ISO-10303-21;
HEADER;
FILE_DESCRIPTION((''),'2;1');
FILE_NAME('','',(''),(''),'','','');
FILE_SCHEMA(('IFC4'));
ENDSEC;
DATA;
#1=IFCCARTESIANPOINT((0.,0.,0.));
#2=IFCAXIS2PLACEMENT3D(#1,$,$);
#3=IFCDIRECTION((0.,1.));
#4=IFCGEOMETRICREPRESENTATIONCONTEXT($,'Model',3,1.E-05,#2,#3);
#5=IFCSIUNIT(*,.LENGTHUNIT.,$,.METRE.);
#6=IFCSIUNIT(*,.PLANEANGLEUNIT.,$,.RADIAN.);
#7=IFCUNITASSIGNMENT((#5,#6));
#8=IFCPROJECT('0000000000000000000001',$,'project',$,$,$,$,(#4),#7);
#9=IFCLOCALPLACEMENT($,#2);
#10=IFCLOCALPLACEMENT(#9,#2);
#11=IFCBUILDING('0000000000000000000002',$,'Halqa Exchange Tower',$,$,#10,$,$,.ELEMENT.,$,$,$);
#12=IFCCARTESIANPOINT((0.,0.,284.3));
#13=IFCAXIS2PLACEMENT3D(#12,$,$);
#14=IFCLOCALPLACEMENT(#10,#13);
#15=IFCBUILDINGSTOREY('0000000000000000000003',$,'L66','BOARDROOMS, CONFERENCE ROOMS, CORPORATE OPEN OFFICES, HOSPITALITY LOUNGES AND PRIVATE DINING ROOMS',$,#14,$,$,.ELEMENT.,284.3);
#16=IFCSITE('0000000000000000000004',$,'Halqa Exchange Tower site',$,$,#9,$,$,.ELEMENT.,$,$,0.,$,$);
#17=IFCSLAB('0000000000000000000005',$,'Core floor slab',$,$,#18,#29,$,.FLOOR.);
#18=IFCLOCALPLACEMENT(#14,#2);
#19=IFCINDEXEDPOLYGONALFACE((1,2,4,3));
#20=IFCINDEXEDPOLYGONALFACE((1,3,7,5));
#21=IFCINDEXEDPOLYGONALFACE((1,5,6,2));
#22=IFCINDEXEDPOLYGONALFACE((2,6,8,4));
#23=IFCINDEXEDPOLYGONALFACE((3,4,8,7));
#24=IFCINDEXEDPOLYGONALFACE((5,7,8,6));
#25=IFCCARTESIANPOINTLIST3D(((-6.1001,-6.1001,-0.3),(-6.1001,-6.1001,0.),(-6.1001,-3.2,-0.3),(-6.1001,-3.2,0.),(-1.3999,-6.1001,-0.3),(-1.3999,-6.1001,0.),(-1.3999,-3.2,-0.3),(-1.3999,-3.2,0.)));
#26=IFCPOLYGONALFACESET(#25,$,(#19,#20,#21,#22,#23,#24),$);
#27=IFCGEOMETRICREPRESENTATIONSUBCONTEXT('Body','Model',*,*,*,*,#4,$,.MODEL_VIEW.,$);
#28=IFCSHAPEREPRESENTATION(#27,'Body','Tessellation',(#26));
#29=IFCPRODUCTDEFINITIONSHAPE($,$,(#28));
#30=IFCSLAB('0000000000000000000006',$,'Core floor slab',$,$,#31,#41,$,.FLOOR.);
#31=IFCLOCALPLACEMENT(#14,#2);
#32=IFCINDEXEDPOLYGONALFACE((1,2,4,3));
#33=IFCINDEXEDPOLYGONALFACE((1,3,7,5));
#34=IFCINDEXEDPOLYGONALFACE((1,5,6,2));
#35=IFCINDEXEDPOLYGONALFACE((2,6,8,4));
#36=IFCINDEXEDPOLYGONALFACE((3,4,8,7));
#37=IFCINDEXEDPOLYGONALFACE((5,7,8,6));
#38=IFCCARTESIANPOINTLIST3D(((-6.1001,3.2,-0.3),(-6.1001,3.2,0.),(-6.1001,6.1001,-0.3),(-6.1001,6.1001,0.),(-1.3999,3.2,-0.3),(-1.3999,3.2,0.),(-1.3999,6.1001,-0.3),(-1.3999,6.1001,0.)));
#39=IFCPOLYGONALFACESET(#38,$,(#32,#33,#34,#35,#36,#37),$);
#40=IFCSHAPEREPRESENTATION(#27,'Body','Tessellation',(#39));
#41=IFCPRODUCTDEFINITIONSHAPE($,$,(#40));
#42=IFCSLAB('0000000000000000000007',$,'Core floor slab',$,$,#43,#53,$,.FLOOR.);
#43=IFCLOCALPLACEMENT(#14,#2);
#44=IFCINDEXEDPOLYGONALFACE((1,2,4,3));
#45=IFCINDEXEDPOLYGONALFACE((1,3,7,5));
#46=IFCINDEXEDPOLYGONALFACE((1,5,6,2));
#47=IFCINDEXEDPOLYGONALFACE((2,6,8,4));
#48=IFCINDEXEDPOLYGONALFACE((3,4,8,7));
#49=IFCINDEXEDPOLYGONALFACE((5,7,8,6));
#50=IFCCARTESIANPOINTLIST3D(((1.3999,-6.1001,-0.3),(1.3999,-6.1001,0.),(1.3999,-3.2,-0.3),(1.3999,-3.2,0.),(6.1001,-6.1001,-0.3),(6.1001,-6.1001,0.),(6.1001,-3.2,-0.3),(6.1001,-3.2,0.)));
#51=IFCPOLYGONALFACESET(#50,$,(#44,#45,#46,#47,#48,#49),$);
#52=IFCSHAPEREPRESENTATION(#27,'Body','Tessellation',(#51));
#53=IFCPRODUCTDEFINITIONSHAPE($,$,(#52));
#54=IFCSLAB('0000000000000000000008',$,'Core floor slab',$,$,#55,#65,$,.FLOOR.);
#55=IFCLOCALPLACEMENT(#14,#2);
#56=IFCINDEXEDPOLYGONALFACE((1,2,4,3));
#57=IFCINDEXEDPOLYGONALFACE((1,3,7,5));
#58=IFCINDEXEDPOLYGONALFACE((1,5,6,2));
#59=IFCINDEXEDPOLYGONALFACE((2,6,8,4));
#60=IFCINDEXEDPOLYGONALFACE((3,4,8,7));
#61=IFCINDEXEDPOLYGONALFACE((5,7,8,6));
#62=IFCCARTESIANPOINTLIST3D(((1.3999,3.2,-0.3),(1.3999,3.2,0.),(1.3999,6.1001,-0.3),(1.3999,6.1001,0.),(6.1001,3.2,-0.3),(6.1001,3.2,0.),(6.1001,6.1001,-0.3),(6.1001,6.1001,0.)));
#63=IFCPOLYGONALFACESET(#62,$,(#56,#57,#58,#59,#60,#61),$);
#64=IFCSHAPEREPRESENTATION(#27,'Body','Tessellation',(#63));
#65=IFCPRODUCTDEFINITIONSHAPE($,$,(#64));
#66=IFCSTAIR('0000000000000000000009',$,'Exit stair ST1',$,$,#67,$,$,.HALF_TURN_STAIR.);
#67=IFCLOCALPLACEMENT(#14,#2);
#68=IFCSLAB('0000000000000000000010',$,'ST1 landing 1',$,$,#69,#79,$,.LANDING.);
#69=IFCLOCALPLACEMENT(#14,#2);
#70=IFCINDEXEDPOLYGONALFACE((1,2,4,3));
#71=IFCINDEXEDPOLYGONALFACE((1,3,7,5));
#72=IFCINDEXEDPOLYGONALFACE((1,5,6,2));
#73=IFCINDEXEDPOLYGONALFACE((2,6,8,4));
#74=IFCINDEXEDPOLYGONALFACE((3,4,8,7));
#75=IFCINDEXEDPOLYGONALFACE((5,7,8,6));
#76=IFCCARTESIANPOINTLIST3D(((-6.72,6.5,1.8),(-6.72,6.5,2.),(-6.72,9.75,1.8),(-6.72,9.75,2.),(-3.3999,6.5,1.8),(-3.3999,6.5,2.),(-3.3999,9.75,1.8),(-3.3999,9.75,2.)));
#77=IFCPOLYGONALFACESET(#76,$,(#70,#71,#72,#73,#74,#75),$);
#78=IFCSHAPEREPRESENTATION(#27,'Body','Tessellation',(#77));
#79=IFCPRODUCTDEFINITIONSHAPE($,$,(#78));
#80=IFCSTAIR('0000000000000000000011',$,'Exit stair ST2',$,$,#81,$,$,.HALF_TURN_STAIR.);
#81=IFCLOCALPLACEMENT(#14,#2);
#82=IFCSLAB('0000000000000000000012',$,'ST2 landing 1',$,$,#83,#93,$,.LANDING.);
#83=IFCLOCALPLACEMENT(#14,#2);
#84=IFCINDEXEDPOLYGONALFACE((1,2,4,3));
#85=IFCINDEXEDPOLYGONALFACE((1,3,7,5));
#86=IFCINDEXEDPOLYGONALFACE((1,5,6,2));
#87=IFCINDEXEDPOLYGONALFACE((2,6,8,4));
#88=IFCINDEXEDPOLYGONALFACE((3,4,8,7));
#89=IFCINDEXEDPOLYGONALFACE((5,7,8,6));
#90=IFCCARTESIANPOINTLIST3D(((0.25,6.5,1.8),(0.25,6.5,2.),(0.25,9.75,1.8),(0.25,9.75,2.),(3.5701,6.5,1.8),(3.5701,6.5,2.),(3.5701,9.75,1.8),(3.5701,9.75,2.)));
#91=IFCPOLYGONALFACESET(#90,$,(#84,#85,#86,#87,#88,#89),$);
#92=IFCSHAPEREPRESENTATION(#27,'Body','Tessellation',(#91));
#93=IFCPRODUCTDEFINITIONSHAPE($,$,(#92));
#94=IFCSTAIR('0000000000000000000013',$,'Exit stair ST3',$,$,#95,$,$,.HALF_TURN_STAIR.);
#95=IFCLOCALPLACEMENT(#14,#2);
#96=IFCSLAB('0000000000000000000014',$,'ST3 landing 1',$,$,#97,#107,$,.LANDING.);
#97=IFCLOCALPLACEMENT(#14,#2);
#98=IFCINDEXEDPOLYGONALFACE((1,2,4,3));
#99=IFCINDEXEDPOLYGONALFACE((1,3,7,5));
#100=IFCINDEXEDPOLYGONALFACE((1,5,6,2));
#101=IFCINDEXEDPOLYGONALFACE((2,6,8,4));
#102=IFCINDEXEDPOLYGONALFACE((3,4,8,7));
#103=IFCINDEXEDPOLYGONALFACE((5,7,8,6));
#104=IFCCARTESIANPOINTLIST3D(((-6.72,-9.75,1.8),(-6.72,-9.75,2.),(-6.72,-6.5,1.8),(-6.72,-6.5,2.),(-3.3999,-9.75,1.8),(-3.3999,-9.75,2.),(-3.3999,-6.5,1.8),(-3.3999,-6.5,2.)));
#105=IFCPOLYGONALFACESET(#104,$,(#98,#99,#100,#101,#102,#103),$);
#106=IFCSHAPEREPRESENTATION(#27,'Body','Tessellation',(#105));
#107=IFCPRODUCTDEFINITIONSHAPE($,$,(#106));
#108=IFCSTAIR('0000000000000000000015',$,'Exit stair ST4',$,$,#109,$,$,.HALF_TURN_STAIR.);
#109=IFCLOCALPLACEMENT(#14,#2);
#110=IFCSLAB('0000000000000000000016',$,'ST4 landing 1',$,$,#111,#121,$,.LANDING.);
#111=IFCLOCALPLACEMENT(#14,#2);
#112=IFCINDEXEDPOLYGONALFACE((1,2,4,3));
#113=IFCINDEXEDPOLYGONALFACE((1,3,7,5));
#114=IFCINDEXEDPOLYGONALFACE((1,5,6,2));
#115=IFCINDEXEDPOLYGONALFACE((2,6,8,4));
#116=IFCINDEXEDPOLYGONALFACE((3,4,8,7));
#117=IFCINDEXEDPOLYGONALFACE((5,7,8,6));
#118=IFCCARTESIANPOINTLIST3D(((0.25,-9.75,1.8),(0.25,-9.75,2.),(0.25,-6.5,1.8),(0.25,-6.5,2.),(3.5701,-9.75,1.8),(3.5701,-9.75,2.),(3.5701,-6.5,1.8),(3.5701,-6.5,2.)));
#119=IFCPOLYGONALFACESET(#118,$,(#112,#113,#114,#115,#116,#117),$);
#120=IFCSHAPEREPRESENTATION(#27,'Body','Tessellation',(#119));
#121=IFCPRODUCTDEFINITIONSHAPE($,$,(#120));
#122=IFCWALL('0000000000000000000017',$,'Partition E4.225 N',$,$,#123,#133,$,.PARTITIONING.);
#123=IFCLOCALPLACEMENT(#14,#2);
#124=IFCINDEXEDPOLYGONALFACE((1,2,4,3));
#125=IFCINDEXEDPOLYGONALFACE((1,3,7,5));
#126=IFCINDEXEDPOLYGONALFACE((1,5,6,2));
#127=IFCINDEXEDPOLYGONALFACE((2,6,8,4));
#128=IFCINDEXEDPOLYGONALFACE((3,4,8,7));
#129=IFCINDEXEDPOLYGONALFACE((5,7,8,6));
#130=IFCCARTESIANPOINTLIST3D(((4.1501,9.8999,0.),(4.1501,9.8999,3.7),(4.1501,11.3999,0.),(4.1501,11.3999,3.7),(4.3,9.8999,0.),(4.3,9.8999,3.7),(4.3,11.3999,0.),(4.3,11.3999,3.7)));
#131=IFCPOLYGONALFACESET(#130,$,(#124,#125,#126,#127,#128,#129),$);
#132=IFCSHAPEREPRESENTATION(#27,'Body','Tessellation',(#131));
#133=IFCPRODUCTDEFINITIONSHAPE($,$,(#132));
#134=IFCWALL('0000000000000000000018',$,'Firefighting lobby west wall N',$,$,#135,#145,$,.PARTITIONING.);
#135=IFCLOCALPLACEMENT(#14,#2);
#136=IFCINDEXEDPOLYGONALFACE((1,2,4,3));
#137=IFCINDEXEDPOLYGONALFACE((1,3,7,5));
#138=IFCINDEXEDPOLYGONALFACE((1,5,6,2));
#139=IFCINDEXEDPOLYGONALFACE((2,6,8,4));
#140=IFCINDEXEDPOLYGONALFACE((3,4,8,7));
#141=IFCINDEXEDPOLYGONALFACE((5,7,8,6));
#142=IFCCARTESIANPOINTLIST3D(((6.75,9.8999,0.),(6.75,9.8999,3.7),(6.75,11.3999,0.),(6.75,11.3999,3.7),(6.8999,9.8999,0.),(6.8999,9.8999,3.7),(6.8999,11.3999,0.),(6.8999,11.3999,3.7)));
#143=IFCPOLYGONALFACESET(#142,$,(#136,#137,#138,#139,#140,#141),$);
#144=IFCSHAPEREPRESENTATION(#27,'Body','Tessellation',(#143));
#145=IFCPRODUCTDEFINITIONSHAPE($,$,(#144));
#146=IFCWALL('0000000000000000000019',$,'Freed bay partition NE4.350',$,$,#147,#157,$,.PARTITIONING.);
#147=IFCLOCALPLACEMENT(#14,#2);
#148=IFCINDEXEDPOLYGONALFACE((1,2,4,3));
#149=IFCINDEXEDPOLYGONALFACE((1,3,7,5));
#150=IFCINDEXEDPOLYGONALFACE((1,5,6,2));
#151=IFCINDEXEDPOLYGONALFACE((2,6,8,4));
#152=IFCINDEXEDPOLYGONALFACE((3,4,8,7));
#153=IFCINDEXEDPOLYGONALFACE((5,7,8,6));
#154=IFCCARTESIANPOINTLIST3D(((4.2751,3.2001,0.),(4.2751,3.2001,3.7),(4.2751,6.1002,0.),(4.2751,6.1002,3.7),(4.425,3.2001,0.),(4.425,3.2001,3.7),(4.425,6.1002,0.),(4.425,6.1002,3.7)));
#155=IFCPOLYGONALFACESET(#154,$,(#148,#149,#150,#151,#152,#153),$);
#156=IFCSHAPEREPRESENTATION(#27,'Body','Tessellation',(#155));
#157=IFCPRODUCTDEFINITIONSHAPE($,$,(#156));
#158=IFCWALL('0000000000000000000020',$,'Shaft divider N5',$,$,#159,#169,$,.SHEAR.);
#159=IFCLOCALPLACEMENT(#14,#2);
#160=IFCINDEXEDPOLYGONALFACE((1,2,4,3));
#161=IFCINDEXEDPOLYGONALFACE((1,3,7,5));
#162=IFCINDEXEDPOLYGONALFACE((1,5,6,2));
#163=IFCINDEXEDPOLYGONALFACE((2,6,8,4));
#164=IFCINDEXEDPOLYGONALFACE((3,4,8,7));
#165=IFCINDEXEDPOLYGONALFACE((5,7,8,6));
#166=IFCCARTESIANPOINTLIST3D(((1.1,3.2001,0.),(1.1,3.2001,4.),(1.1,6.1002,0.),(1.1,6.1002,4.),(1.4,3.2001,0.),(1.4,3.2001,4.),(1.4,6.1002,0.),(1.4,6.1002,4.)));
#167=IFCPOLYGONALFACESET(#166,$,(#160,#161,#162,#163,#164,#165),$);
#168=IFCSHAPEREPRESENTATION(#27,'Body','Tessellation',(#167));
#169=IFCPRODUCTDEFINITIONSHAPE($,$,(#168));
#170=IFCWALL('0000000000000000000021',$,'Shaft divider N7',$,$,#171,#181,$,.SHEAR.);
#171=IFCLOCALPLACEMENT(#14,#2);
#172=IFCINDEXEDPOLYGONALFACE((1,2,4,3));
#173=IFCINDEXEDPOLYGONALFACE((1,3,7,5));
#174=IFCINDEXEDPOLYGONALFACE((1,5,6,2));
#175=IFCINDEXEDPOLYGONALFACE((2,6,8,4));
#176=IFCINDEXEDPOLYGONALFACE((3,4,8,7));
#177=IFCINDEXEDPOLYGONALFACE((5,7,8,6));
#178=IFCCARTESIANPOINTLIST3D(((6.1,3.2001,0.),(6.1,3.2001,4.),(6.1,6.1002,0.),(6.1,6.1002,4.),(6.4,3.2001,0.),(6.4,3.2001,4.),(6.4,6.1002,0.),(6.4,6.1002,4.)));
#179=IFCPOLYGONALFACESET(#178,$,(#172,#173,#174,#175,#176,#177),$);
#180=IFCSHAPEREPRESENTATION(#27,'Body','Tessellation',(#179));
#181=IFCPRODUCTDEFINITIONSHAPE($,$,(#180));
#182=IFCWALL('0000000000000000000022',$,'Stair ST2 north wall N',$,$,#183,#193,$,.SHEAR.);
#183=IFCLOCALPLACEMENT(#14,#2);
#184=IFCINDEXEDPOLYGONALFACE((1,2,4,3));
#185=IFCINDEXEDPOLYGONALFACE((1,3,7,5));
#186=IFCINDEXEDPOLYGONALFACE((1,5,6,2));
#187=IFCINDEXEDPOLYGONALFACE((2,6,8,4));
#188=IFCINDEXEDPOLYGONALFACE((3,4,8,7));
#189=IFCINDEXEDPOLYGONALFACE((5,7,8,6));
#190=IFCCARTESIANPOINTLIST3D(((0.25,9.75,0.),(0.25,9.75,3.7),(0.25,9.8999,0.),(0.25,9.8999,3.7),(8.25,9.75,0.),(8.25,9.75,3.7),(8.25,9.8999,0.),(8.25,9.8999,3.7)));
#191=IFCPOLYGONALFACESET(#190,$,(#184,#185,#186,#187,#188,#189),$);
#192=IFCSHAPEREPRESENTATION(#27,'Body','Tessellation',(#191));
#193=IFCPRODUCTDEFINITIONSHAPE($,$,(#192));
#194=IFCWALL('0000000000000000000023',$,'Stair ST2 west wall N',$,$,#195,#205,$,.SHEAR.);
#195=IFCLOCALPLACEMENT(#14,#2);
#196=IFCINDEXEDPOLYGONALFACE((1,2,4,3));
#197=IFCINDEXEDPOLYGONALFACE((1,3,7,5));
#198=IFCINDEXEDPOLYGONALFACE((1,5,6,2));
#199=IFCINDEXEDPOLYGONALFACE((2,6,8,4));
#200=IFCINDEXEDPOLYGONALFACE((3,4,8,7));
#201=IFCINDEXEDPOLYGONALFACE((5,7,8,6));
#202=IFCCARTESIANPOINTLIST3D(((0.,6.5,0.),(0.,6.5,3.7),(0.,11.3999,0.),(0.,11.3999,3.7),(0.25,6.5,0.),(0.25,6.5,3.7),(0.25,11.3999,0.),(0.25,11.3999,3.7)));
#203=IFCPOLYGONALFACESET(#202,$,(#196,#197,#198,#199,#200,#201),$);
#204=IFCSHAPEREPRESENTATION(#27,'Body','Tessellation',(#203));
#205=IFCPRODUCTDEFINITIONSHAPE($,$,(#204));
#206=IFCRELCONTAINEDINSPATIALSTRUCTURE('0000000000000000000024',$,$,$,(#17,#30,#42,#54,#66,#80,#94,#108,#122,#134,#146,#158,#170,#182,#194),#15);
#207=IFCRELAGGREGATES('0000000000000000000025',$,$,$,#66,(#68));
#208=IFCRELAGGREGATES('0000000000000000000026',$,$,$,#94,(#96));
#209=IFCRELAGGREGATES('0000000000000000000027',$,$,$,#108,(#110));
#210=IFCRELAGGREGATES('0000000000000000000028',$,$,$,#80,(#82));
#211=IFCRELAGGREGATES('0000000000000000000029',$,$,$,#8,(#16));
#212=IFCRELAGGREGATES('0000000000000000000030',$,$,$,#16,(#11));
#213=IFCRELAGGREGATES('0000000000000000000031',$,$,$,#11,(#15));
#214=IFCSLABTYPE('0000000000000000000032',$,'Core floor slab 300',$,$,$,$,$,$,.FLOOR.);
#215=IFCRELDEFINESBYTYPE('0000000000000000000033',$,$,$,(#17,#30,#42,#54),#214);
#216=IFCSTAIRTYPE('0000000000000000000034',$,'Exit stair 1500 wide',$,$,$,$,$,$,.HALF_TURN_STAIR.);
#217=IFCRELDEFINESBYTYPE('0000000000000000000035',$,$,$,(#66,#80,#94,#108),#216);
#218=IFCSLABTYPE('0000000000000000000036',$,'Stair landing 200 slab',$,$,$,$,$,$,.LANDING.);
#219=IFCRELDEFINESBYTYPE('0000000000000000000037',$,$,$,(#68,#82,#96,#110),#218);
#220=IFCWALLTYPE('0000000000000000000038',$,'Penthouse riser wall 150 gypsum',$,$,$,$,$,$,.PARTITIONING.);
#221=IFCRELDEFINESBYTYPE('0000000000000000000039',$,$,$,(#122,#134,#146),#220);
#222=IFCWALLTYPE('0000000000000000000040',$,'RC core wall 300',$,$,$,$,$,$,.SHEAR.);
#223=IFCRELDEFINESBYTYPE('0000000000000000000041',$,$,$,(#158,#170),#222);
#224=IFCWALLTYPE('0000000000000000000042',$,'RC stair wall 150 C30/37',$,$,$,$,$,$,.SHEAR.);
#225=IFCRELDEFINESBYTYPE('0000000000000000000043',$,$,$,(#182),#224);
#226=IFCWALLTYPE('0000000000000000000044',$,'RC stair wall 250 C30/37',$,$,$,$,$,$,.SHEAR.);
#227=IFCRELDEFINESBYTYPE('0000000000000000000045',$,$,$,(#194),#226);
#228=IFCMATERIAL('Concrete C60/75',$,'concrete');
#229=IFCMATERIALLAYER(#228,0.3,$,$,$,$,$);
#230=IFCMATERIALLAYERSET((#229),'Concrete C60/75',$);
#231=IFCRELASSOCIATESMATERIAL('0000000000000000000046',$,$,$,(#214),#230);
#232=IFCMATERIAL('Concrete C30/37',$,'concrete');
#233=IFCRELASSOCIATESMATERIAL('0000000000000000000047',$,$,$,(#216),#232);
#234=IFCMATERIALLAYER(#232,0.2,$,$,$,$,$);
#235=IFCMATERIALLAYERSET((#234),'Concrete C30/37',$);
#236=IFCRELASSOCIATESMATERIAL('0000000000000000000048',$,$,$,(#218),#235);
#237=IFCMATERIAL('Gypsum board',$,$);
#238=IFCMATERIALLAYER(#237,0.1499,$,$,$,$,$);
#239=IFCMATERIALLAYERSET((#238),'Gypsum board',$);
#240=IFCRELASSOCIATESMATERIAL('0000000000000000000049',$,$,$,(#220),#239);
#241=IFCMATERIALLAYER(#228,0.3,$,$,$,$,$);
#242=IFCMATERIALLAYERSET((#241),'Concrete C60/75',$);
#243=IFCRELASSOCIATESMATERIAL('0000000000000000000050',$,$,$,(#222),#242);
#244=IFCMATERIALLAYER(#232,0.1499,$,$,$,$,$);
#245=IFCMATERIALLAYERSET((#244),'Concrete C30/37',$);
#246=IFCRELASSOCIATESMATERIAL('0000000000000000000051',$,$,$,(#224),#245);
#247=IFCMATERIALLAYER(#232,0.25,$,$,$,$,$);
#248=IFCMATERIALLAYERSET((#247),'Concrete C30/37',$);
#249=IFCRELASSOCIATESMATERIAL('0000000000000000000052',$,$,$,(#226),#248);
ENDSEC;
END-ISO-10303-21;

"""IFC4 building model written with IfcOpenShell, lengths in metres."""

from ifc_helpers import new_model, si_unit, direction, frame, frame_2d, origin, place, context, subcontext, project, spatial, polyline, rectangle, outline, extrude, material, layer, layer_set, type_object, element, aggregate, save


model = new_model("IFC4")

# Units and contexts
model_context = context("Model", 3, precision=1e-05, world=origin(), true_north=direction((0.0, 1.0)))
body_context = subcontext(model_context, "Body", "Model", "MODEL_VIEW")
ifc_project = project(units=[si_unit("LENGTHUNIT", "METRE"), si_unit("PLANEANGLEUNIT", "RADIAN")], contexts=[model_context])

# Site, building, storey
site_placement = place(None, origin())
site = spatial("IfcSite", under=ifc_project, at=site_placement, Name="Halqa Exchange Tower site", CompositionType="ELEMENT", RefElevation=0.0)
building_placement = place(site_placement, origin())
building = spatial("IfcBuilding", under=site, at=building_placement, Name="Halqa Exchange Tower", CompositionType="ELEMENT")
storey_placement = place(building_placement, frame((0.0, 0.0, 284.3)))
storey = spatial("IfcBuildingStorey", under=building, at=storey_placement, Name="L66", Description="BOARDROOMS, CONFERENCE ROOMS, CORPORATE OPEN OFFICES, HOSPITALITY LOUNGES AND PRIVATE DINING ROOMS", CompositionType="ELEMENT", Elevation=284.3)

# Shared definitions
ifc_material_1 = material(Name="Concrete C60/75", Category="concrete")

# Slabs
ifc_layer_1 = layer(ifc_material_1, 0.3)
ifc_layer_set_1 = layer_set([ifc_layer_1], Name="Concrete C60/75")
slab_type_1 = type_object("IfcSlabType", Name="Core floor slab 300", PredefinedType="FLOOR", material=ifc_layer_set_1)
slab_1_placement = place(storey_placement, frame((0.0, 0.0, -0.3)))
element("IfcSlab", 1, at=slab_1_placement, inside=storey, type_object=slab_type_1, Name="Core floor slab", PredefinedType="FLOOR", context=body_context, shape_type="SweptSolid", body=[
    extrude(outline(polyline([(-1.3999, -3.2), (-1.3999, -6.1001), (-6.1001, -6.1001), (-6.1001, -3.2), (-1.3999, -3.2)])), origin(), (0.0, 0.0, 1.0), 0.3),
])
slab_2_placement = place(storey_placement, frame((0.0, 0.0, -0.3)))
element("IfcSlab", 2, at=slab_2_placement, inside=storey, type_object=slab_type_1, Name="Core floor slab", PredefinedType="FLOOR", context=body_context, shape_type="SweptSolid", body=[
    extrude(outline(polyline([(-1.3999, 3.2), (-6.1001, 3.2), (-6.1001, 6.1001), (-1.3999, 6.1001), (-1.3999, 3.2)])), origin(), (0.0, 0.0, 1.0), 0.3),
])
slab_3_placement = place(storey_placement, frame((0.0, 0.0, -0.3)))
element("IfcSlab", 3, at=slab_3_placement, inside=storey, type_object=slab_type_1, Name="Core floor slab", PredefinedType="FLOOR", context=body_context, shape_type="SweptSolid", body=[
    extrude(outline(polyline([(6.1001, -3.2), (6.1001, -6.1001), (1.3999, -6.1001), (1.3999, -3.2), (6.1001, -3.2)])), origin(), (0.0, 0.0, 1.0), 0.3),
])
slab_4_placement = place(storey_placement, frame((0.0, 0.0, -0.3)))
element("IfcSlab", 4, at=slab_4_placement, inside=storey, type_object=slab_type_1, Name="Core floor slab", PredefinedType="FLOOR", context=body_context, shape_type="SweptSolid", body=[
    extrude(outline(polyline([(6.1001, 6.1001), (6.1001, 3.2), (1.3999, 3.2), (1.3999, 6.1001), (6.1001, 6.1001)])), origin(), (0.0, 0.0, 1.0), 0.3),
])

# Stairs, slabs
ifc_material_2 = material(Name="Concrete C30/37", Category="concrete")
stair_type = type_object("IfcStairType", Name="Exit stair 1500 wide", PredefinedType="HALF_TURN_STAIR", material=ifc_material_2)
stair_1_placement = place(storey_placement, origin())
stair_1 = element("IfcStair", 5, at=stair_1_placement, inside=storey, type_object=stair_type, Name="Exit stair ST1", PredefinedType="HALF_TURN_STAIR")
ifc_layer_2 = layer(ifc_material_2, 0.2)
ifc_layer_set_2 = layer_set([ifc_layer_2], Name="Concrete C30/37")
slab_type_2 = type_object("IfcSlabType", Name="Stair landing 200 slab", PredefinedType="LANDING", material=ifc_layer_set_2)
slab_5_placement = place(storey_placement, frame((0.0, 0.0, 1.8)))
slab_5 = element("IfcSlab", 6, at=slab_5_placement, type_object=slab_type_2, Name="ST1 landing 1", PredefinedType="LANDING", context=body_context, shape_type="SweptSolid", body=[
    extrude(outline(polyline([(-6.72, 6.5), (-3.3999, 6.5), (-3.3999, 9.75), (-6.72, 9.75), (-6.72, 6.5)])), origin(), (0.0, 0.0, 1.0), 0.2),
])
aggregate(stair_1, [slab_5])
stair_2_placement = place(storey_placement, origin())
stair_2 = element("IfcStair", 7, at=stair_2_placement, inside=storey, type_object=stair_type, Name="Exit stair ST2", PredefinedType="HALF_TURN_STAIR")
slab_6_placement = place(storey_placement, frame((0.0, 0.0, 1.8)))
slab_6 = element("IfcSlab", 8, at=slab_6_placement, type_object=slab_type_2, Name="ST2 landing 1", PredefinedType="LANDING", context=body_context, shape_type="SweptSolid", body=[
    extrude(outline(polyline([(0.25, 6.5), (3.5701, 6.5), (3.5701, 9.75), (0.25, 9.75), (0.25, 6.5)])), origin(), (0.0, 0.0, 1.0), 0.2),
])
stair_3_placement = place(storey_placement, origin())
stair_3 = element("IfcStair", 9, at=stair_3_placement, inside=storey, type_object=stair_type, Name="Exit stair ST3", PredefinedType="HALF_TURN_STAIR")
slab_7_placement = place(storey_placement, frame((0.0, 0.0, 1.8)))
slab_7 = element("IfcSlab", 10, at=slab_7_placement, type_object=slab_type_2, Name="ST3 landing 1", PredefinedType="LANDING", context=body_context, shape_type="SweptSolid", body=[
    extrude(outline(polyline([(-6.72, -9.75), (-3.3999, -9.75), (-3.3999, -6.5), (-6.72, -6.5), (-6.72, -9.75)])), origin(), (0.0, 0.0, 1.0), 0.2),
])
aggregate(stair_3, [slab_7])
stair_4_placement = place(storey_placement, origin())
stair_4 = element("IfcStair", 11, at=stair_4_placement, inside=storey, type_object=stair_type, Name="Exit stair ST4", PredefinedType="HALF_TURN_STAIR")
slab_8_placement = place(storey_placement, frame((0.0, 0.0, 1.8)))
slab_8 = element("IfcSlab", 12, at=slab_8_placement, type_object=slab_type_2, Name="ST4 landing 1", PredefinedType="LANDING", context=body_context, shape_type="SweptSolid", body=[
    extrude(outline(polyline([(0.25, -9.75), (3.5701, -9.75), (3.5701, -6.5), (0.25, -6.5), (0.25, -9.75)])), origin(), (0.0, 0.0, 1.0), 0.2),
])
aggregate(stair_4, [slab_8])

# Walls
ifc_material_3 = material(Name="Gypsum board")
ifc_layer_3 = layer(ifc_material_3, 0.1499)
ifc_layer_set_3 = layer_set([ifc_layer_3], Name="Gypsum board")
wall_type_1 = type_object("IfcWallType", Name="Penthouse riser wall 150 gypsum", PredefinedType="PARTITIONING", material=ifc_layer_set_3)
for number, where, z_axis, x_axis, name in (
    (13, (4.2251, 9.8999, 0.0), (0.0, 0.0, 1.0), (0.0, 1.0, 0.0), "Partition E4.225 N"),
    (14, (6.825, 9.8999, 0.0), (0.0, 0.0, 1.0), (0.0, 1.0, 0.0), "Firefighting lobby west wall N"),
):
    element("IfcWall", number, at=place(storey_placement, frame(where, z_axis=z_axis, x_axis=x_axis)), inside=storey, type_object=wall_type_1, Name=name, PredefinedType="PARTITIONING", context=body_context, shape_type="SweptSolid", body=[
        extrude(rectangle(XDim=1.5, YDim=0.1499, at=frame_2d((0.75, 0.0))), origin(), (0.0, 0.0, 1.0), 3.7),
    ])
wall_1_placement = place(storey_placement, frame((4.3501, 3.2, 0.0), z_axis=(0.0, 0.0, 1.0), x_axis=(0.0, 1.0, 0.0)))
element("IfcWall", 15, at=wall_1_placement, inside=storey, type_object=wall_type_1, Name="Freed bay partition NE4.350", PredefinedType="PARTITIONING", context=body_context, shape_type="SweptSolid", body=[
    extrude(rectangle(XDim=2.9001, YDim=0.1499, at=frame_2d((1.4502, 0.0))), origin(), (0.0, 0.0, 1.0), 3.7),
])
ifc_layer_4 = layer(ifc_material_1, 0.3)
ifc_layer_set_4 = layer_set([ifc_layer_4], Name="Concrete C60/75")
wall_type_2 = type_object("IfcWallType", Name="RC core wall 300", PredefinedType="SHEAR", material=ifc_layer_set_4)
for number, where, z_axis, x_axis, name in (
    (16, (1.25, 3.2, 0.0), (0.0, 0.0, 1.0), (0.0, 1.0, 0.0), "Shaft divider N5"),
    (17, (6.25, 3.2, 0.0), (0.0, 0.0, 1.0), (0.0, 1.0, 0.0), "Shaft divider N7"),
):
    element("IfcWall", number, at=place(storey_placement, frame(where, z_axis=z_axis, x_axis=x_axis)), inside=storey, type_object=wall_type_2, Name=name, PredefinedType="SHEAR", context=body_context, shape_type="SweptSolid", body=[
        extrude(rectangle(XDim=2.9001, YDim=0.3, at=frame_2d((1.4502, 0.0))), origin(), (0.0, 0.0, 1.0), 4.0),
    ])
ifc_layer_5 = layer(ifc_material_2, 0.1499)
ifc_layer_set_5 = layer_set([ifc_layer_5], Name="Concrete C30/37")
wall_type_3 = type_object("IfcWallType", Name="RC stair wall 150 C30/37", PredefinedType="SHEAR", material=ifc_layer_set_5)
wall_2_placement = place(storey_placement, frame((0.25, 9.825, 0.0), z_axis=(0.0, 0.0, 1.0), x_axis=(1.0, 0.0, 0.0)))
element("IfcWall", 18, at=wall_2_placement, inside=storey, type_object=wall_type_3, Name="Stair ST2 north wall N", PredefinedType="SHEAR", context=body_context, shape_type="SweptSolid", body=[
    extrude(rectangle(XDim=8.0, YDim=0.1499, at=frame_2d((4.0, 0.0))), origin(), (0.0, 0.0, 1.0), 3.7),
])
ifc_layer_6 = layer(ifc_material_2, 0.25)
ifc_layer_set_6 = layer_set([ifc_layer_6], Name="Concrete C30/37")
wall_type_4 = type_object("IfcWallType", Name="RC stair wall 250 C30/37", PredefinedType="SHEAR", material=ifc_layer_set_6)
wall_3_placement = place(storey_placement, frame((0.125, 6.5, 0.0), z_axis=(0.0, 0.0, 1.0), x_axis=(0.0, 1.0, 0.0)))
element("IfcWall", 19, at=wall_3_placement, inside=storey, type_object=wall_type_4, Name="Stair ST2 west wall N", PredefinedType="SHEAR", context=body_context, shape_type="SweptSolid", body=[
    extrude(rectangle(XDim=4.8999, YDim=0.25, at=frame_2d((2.45, 0.0))), origin(), (0.0, 0.0, 1.0), 3.7),
])

aggregate(stair_2, [slab_6])

save(model, "model.ifc")
